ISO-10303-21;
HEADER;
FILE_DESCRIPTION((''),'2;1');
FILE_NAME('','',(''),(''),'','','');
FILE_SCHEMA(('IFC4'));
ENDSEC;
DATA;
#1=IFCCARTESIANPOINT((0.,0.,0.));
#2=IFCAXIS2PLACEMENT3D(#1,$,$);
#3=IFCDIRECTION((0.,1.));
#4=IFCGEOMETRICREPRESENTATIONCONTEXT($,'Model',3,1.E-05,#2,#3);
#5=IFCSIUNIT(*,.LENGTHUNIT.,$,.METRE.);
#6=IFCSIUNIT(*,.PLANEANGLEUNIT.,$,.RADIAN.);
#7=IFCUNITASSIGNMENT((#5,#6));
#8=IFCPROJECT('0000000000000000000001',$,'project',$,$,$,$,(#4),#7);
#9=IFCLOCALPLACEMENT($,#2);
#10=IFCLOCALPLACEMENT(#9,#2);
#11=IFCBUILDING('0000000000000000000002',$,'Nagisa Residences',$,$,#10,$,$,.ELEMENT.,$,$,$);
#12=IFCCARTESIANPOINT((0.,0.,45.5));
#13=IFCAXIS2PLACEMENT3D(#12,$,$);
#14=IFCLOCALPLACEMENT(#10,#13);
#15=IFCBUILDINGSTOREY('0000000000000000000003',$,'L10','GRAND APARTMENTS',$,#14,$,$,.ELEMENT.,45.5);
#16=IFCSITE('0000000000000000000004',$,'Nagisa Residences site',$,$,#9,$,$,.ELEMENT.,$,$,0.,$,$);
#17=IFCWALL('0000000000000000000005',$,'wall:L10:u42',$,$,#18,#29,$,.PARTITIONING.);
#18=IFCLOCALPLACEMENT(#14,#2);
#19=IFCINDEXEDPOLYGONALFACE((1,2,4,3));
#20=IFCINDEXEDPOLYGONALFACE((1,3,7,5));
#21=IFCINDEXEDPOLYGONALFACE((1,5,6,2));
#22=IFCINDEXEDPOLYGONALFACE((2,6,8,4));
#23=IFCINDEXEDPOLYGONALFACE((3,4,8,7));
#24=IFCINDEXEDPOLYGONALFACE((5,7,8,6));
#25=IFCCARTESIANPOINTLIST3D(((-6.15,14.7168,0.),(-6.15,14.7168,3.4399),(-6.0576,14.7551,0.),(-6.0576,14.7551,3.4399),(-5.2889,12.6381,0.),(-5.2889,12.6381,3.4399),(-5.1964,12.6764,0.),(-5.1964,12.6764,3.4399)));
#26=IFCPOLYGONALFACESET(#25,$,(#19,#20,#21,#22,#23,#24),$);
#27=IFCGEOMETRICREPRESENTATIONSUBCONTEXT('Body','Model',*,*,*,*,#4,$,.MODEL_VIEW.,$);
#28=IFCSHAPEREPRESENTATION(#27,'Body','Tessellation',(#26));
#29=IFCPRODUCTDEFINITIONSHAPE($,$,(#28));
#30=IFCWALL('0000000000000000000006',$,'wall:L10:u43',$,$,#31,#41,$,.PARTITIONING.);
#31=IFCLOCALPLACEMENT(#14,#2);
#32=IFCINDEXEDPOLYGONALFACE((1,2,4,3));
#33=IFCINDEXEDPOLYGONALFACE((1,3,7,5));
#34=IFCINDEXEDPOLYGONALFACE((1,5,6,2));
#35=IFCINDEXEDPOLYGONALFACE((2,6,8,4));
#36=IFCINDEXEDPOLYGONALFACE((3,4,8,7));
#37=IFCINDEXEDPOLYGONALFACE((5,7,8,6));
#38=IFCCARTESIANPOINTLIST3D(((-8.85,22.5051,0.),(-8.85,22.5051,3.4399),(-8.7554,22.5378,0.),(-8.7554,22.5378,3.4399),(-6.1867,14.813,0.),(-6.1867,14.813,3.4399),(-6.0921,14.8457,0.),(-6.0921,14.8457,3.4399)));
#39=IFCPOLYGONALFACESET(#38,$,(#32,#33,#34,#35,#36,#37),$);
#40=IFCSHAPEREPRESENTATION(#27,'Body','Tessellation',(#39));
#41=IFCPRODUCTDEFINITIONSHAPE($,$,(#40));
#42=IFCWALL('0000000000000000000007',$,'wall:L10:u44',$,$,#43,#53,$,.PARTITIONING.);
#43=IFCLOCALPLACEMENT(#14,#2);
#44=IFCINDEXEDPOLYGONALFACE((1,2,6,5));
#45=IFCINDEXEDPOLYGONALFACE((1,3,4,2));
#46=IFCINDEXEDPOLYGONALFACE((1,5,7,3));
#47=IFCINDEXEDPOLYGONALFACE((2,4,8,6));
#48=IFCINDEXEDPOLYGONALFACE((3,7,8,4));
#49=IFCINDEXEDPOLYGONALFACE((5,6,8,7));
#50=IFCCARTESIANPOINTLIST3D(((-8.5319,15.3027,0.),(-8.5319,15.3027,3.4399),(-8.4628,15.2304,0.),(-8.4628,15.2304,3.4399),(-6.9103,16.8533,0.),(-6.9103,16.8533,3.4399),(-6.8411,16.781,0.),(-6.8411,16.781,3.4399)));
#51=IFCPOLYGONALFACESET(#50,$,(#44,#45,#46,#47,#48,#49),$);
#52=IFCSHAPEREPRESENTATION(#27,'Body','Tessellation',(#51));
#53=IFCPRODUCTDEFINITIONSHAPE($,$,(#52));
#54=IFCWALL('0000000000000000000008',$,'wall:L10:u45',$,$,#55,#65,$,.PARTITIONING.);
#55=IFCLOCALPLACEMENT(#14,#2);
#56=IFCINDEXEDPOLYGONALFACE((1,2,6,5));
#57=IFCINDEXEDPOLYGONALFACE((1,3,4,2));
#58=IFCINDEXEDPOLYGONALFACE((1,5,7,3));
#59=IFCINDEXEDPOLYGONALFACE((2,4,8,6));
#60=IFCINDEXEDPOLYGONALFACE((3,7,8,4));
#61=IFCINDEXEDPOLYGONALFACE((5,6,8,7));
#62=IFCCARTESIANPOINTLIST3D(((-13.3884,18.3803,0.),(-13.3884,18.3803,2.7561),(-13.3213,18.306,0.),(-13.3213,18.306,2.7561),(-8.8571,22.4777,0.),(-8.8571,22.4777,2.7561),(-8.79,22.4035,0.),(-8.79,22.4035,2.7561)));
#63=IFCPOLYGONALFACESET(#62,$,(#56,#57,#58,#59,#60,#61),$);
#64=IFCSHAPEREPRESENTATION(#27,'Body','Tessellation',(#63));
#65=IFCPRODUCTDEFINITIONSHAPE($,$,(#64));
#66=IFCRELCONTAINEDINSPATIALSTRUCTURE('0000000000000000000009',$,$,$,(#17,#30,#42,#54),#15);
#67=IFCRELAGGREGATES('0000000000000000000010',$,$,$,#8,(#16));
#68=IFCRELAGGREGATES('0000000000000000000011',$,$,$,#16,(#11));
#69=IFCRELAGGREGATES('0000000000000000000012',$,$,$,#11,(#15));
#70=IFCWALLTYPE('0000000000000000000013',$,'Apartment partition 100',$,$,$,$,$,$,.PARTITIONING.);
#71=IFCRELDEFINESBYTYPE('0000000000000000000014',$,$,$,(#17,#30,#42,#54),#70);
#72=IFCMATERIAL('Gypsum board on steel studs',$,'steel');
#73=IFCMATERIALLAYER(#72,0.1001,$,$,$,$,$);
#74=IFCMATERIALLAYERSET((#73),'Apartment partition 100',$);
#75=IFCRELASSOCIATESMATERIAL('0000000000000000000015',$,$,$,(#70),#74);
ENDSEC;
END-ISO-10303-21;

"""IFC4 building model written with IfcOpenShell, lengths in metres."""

from ifc_helpers import new_model, si_unit, direction, frame, frame_2d, origin, place, context, subcontext, project, spatial, rectangle, extrude, material, layer, layer_set, type_object, element, save


model = new_model("IFC4")

# Units and contexts
model_context = context("Model", 3, precision=1e-05, world=origin(), true_north=direction((0.0, 1.0)))
body_context = subcontext(model_context, "Body", "Model", "MODEL_VIEW")
ifc_project = project(units=[si_unit("LENGTHUNIT", "METRE"), si_unit("PLANEANGLEUNIT", "RADIAN")], contexts=[model_context])

# Site, building, storey
site_placement = place(None, origin())
site = spatial("IfcSite", under=ifc_project, at=site_placement, Name="Nagisa Residences site", CompositionType="ELEMENT", RefElevation=0.0)
building_placement = place(site_placement, origin())
building = spatial("IfcBuilding", under=site, at=building_placement, Name="Nagisa Residences", CompositionType="ELEMENT")
storey_placement = place(building_placement, frame((0.0, 0.0, 45.5)))
storey = spatial("IfcBuildingStorey", under=building, at=storey_placement, Name="L10", Description="GRAND APARTMENTS", CompositionType="ELEMENT", Elevation=45.5)

# Shared definitions
ifc_material_1 = material(Name="Gypsum board on steel studs", Category="steel")
ifc_layer_1 = layer(ifc_material_1, 0.1001)
ifc_layer_set_1 = layer_set([ifc_layer_1], Name="Apartment partition 100")
wall_type_1 = type_object("IfcWallType", Name="Apartment partition 100", PredefinedType="PARTITIONING", material=ifc_layer_set_1)

# Walls
wall_1_placement = place(storey_placement, frame((-5.2427, 12.6572, 0.0), z_axis=(0.0, 0.0, 1.0), x_axis=(-0.382719, 0.923865, 0.0)))
element("IfcWall", 1, at=wall_1_placement, inside=storey, type_object=wall_type_1, Name="wall:L10:u42", PredefinedType="PARTITIONING", context=body_context, shape_type="SweptSolid", body=[
    extrude(rectangle(XDim=2.25, YDim=0.1001, at=frame_2d((1.125, 0.0))), origin(), (0.0, 0.0, 1.0), 3.4399),
])
wall_2_placement = place(storey_placement, frame((-6.1394, 14.8293, 0.0), z_axis=(0.0, 0.0, 1.0), x_axis=(-0.327184, 0.944961, 0.0)))
element("IfcWall", 2, at=wall_2_placement, inside=storey, type_object=wall_type_1, Name="wall:L10:u43", PredefinedType="PARTITIONING", context=body_context, shape_type="SweptSolid", body=[
    extrude(rectangle(XDim=8.1401, YDim=0.1001, at=frame_2d((4.0701, 0.0))), origin(), (0.0, 0.0, 1.0), 3.4399),
])
wall_3_placement = place(storey_placement, frame((-6.8757, 16.8171, 0.0), z_axis=(0.0, 0.0, 1.0), x_axis=(-0.722762, -0.691097, 0.0)))
element("IfcWall", 3, at=wall_3_placement, inside=storey, type_object=wall_type_1, Name="wall:L10:u44", PredefinedType="PARTITIONING", context=body_context, shape_type="SweptSolid", body=[
    extrude(rectangle(XDim=2.2437, YDim=0.1001, at=frame_2d((1.1218, 0.0))), origin(), (0.0, 0.0, 1.0), 3.4399),
])
wall_4_placement = place(storey_placement, frame((-8.8235, 22.4407, 0.0), z_axis=(0.0, 0.0, 1.0), x_axis=(-0.741722, -0.670707, 0.0)))
element("IfcWall", 4, at=wall_4_placement, inside=storey, type_object=wall_type_1, Name="wall:L10:u45", PredefinedType="PARTITIONING", context=body_context, shape_type="SweptSolid", body=[
    extrude(rectangle(XDim=6.1091, YDim=0.1001, at=frame_2d((3.0547, 0.0))), origin(), (0.0, 0.0, 1.0), 2.7561),
])

save(model, "model.ifc")
